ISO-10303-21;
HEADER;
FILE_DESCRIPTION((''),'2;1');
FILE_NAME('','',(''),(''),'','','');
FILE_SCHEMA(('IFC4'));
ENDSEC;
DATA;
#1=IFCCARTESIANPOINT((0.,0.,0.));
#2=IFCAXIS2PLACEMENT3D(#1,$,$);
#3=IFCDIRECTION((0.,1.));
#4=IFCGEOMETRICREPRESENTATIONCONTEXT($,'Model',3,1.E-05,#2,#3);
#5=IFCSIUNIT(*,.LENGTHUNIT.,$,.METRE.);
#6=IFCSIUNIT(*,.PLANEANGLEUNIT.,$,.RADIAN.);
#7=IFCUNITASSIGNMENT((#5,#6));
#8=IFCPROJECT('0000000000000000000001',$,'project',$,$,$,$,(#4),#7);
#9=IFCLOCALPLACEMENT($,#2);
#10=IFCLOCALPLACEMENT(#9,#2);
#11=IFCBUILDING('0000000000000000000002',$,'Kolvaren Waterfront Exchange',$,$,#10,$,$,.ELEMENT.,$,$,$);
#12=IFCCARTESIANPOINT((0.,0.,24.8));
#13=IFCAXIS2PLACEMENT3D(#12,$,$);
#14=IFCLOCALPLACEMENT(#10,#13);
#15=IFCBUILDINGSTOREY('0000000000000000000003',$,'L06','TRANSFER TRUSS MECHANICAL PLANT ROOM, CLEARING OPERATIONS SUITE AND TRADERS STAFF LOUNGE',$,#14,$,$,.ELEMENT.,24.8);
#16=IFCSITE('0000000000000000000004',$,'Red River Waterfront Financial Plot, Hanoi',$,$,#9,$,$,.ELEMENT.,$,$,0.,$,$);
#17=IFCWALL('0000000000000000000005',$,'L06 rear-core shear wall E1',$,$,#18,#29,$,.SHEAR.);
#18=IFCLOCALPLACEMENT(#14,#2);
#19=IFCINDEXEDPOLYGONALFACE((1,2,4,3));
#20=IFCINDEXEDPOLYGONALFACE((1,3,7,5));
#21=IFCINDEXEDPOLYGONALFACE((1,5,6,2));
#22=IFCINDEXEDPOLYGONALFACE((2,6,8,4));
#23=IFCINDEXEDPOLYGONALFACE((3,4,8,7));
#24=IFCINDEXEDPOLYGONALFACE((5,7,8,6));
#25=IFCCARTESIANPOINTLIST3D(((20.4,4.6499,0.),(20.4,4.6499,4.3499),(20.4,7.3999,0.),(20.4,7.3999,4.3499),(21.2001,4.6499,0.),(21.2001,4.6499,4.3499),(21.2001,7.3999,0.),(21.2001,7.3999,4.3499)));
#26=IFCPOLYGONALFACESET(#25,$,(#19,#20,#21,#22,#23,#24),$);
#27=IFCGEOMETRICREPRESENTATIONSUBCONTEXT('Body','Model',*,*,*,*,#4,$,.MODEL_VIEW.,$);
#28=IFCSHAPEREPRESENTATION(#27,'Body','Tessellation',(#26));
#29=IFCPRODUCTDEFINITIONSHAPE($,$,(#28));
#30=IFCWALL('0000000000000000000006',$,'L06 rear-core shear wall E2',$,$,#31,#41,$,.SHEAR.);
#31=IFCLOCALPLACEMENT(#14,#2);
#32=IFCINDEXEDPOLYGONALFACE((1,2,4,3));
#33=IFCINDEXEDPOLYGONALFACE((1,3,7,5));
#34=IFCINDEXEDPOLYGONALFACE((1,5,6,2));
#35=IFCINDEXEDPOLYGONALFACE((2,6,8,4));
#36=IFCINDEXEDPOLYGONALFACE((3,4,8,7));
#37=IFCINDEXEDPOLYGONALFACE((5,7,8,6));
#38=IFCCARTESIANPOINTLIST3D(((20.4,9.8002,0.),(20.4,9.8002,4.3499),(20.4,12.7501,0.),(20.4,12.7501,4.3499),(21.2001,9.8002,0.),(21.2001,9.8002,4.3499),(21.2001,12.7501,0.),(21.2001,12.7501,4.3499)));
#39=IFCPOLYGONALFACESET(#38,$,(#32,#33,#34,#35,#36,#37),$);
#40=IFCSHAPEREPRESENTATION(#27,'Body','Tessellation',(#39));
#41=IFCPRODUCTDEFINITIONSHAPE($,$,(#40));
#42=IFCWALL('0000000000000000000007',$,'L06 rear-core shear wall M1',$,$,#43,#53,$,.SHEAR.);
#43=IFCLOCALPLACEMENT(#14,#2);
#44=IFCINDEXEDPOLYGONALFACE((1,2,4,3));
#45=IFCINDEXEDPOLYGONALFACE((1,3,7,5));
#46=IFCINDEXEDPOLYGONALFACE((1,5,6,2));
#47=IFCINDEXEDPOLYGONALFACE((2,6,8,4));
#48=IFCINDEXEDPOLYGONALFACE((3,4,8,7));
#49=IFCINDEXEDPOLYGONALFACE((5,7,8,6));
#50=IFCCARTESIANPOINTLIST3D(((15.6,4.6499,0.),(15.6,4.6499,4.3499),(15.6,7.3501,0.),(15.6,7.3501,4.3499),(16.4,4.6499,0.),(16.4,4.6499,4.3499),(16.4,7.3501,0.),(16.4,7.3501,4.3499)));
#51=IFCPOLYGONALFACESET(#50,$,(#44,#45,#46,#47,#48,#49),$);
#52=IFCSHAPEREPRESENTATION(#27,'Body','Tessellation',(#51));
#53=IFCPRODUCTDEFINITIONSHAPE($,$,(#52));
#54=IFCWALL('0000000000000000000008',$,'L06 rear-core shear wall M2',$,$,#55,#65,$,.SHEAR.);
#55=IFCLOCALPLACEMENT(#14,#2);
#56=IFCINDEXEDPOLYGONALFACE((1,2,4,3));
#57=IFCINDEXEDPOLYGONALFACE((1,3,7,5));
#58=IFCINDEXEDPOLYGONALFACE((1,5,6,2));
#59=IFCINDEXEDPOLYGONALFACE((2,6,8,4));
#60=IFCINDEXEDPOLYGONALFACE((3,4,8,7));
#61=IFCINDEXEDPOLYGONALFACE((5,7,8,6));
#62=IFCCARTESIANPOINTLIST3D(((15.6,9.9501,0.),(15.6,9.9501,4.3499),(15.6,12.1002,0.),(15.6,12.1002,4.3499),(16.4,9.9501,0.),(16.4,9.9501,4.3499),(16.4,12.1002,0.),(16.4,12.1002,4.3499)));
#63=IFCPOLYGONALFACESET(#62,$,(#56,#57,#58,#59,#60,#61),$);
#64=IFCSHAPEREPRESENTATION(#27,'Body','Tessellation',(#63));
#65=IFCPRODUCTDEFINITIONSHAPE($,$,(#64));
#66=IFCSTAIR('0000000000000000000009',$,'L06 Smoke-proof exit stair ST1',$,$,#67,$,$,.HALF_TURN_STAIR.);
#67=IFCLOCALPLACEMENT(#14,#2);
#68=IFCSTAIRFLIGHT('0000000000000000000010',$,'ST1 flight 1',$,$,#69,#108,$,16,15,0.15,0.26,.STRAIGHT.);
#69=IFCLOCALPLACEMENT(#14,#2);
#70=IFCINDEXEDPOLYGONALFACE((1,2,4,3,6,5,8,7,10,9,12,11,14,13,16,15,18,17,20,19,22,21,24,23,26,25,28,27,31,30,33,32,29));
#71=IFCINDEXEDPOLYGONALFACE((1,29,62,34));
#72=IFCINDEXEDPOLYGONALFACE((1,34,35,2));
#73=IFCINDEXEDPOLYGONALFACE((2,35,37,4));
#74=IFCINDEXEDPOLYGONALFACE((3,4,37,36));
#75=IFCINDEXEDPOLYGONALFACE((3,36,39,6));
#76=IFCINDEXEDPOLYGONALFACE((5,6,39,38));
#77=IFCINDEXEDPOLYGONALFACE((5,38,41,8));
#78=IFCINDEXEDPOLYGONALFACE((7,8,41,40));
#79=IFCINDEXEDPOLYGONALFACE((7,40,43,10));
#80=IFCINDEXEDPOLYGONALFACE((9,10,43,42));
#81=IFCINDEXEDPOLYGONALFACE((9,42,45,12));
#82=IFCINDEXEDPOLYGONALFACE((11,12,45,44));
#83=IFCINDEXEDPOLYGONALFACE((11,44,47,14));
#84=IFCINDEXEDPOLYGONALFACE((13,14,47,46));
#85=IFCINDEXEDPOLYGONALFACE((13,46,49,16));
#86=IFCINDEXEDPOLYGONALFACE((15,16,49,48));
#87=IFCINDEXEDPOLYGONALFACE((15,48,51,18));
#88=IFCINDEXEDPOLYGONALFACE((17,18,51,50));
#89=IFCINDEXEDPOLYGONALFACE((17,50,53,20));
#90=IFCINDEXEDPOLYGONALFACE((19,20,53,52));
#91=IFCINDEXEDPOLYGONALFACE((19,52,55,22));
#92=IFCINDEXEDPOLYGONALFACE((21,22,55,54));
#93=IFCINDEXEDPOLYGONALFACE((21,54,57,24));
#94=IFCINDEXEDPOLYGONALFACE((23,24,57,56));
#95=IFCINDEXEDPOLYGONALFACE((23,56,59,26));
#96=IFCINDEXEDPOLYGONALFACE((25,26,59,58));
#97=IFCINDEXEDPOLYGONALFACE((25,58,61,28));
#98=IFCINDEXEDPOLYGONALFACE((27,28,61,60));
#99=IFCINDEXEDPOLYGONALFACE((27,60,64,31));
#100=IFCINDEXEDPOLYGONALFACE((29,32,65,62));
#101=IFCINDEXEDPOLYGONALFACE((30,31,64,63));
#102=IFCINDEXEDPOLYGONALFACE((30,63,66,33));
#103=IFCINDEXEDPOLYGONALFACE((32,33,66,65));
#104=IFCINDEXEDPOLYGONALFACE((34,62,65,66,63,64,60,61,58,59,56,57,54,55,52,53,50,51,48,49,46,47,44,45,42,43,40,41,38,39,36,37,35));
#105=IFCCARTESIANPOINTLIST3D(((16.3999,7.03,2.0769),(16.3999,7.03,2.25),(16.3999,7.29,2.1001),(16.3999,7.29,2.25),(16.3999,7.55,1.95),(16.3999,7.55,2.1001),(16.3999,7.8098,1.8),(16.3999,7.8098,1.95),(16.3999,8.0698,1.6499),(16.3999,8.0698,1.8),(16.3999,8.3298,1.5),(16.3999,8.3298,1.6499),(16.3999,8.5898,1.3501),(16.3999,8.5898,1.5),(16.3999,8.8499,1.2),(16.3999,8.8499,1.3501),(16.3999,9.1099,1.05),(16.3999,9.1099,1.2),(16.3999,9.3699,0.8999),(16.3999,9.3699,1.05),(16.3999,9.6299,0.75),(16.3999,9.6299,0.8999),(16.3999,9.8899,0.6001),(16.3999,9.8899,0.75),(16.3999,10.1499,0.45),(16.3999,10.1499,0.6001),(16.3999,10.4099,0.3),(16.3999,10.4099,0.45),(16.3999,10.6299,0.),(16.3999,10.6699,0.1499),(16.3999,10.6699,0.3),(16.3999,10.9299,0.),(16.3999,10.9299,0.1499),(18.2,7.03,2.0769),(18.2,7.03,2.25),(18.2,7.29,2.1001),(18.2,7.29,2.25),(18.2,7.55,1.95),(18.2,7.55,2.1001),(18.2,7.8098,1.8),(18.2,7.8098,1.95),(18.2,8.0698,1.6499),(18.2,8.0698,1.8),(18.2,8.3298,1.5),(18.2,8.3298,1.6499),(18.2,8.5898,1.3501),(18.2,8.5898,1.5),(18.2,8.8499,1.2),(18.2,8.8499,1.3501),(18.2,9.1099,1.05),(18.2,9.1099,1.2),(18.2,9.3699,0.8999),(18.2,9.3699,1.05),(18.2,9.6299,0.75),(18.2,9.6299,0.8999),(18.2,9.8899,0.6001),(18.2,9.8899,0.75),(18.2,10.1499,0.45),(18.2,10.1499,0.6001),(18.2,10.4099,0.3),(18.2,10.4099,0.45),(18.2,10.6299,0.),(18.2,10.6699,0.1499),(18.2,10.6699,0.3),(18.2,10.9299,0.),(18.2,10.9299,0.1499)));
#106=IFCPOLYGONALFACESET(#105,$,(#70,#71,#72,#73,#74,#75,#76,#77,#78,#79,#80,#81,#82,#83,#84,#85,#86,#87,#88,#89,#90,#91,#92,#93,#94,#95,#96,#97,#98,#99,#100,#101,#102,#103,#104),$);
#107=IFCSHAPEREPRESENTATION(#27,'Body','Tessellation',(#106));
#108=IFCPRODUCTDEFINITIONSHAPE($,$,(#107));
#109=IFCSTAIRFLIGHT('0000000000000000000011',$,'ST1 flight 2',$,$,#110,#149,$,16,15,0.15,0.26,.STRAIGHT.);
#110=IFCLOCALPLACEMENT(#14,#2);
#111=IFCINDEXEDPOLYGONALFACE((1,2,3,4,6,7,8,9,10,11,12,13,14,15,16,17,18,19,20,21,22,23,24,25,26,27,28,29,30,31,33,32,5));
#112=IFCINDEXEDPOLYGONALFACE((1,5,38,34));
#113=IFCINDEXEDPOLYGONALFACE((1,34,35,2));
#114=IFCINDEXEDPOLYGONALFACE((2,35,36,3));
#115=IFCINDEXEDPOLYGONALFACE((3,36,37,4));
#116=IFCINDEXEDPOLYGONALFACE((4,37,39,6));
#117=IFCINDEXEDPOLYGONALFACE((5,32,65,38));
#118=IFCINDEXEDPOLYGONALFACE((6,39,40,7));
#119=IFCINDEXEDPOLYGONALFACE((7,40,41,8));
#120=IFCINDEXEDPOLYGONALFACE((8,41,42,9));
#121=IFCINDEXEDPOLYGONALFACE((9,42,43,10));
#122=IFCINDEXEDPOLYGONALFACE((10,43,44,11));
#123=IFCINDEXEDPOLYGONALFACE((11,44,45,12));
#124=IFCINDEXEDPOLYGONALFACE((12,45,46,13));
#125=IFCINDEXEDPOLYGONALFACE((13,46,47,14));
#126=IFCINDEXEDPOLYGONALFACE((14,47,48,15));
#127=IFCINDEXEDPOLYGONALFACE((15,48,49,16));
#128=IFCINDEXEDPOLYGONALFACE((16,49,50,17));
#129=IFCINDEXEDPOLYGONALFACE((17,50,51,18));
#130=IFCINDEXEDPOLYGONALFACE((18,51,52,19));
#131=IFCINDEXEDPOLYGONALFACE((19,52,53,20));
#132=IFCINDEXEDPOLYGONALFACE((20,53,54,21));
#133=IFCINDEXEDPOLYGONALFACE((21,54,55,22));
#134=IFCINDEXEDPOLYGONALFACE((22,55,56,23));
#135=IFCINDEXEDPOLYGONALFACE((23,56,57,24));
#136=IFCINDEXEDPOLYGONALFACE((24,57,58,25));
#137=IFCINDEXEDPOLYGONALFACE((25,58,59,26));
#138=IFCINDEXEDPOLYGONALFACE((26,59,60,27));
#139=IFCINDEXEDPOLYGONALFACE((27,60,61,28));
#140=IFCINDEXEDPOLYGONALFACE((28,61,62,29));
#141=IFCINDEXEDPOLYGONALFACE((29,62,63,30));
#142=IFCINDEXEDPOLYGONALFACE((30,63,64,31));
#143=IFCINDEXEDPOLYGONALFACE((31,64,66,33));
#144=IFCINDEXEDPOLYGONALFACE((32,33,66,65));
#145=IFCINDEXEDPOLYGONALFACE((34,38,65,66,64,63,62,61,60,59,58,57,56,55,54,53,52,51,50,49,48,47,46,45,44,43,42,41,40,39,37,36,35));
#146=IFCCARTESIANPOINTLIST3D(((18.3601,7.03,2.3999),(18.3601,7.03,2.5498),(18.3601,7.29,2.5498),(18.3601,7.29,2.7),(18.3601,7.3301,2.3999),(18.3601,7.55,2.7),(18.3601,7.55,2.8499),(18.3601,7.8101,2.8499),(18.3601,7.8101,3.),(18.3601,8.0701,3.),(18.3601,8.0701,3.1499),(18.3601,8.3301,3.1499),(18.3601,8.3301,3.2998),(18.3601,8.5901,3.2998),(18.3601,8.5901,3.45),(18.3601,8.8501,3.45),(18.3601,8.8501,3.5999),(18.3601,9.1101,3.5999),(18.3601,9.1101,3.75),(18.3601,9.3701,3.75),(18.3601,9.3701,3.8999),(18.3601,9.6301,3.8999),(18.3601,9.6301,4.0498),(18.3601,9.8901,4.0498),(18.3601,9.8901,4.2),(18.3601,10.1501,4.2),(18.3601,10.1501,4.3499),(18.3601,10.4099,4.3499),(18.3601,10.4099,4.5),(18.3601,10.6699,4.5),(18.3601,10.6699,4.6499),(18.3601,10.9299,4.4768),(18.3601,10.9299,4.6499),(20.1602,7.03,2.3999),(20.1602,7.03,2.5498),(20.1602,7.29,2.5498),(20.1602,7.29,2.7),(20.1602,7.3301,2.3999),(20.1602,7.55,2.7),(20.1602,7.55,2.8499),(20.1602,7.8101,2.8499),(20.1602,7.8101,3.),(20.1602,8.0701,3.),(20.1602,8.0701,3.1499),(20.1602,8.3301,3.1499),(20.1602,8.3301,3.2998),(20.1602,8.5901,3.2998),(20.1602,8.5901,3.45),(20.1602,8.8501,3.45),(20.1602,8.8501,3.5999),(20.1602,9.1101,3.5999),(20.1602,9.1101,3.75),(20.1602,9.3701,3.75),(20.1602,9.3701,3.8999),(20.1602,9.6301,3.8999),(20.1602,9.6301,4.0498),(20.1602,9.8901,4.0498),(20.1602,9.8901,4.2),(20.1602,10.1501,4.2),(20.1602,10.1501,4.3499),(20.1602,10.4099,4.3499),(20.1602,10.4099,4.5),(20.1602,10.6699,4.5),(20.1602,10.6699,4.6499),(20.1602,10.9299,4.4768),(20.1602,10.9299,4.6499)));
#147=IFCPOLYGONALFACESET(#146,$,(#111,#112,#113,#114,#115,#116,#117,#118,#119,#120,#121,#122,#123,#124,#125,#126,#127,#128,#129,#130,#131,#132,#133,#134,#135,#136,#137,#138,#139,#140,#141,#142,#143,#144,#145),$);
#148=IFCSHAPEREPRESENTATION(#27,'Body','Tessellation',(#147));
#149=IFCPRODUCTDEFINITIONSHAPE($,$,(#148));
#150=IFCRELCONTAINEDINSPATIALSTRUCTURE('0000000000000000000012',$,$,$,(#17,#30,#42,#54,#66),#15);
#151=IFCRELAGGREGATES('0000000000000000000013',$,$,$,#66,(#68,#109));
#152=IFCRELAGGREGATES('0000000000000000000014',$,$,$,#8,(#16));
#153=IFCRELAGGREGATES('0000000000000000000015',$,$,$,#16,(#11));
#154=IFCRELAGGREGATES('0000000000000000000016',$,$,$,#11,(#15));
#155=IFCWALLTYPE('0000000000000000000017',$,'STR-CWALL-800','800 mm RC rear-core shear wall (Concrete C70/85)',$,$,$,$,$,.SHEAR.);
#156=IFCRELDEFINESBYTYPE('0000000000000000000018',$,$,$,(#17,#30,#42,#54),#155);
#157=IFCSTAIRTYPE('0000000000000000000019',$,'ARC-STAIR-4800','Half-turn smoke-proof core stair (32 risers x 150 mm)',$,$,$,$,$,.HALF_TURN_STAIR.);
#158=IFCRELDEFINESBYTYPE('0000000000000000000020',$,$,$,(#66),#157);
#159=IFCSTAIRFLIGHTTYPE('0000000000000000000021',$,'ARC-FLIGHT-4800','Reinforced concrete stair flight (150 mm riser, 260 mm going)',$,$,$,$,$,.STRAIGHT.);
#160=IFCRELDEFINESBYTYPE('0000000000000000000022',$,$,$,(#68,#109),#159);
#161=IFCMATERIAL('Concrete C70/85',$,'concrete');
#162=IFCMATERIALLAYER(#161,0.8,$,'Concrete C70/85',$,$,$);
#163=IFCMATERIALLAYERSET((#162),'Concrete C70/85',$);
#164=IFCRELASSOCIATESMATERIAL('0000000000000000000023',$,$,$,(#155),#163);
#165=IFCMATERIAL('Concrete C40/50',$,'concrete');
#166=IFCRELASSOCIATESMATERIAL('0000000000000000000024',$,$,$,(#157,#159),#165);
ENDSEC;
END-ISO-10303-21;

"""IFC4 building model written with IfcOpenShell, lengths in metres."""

from ifc_helpers import new_model, si_unit, direction, frame, frame_2d, origin, place, context, subcontext, project, spatial, polyline, rectangle, outline, extrude, material, layer, layer_set, type_object, element, aggregate, save


model = new_model("IFC4")

# Units and contexts
model_context = context("Model", 3, precision=1e-05, world=origin(), true_north=direction((0.0, 1.0)))
body_context = subcontext(model_context, "Body", "Model", "MODEL_VIEW")
ifc_project = project(units=[si_unit("LENGTHUNIT", "METRE"), si_unit("PLANEANGLEUNIT", "RADIAN")], contexts=[model_context])

# Site, building, storey
site_placement = place(None, origin())
site = spatial("IfcSite", under=ifc_project, at=site_placement, Name="Red River Waterfront Financial Plot, Hanoi", CompositionType="ELEMENT", RefElevation=0.0)
building_placement = place(site_placement, origin())
building = spatial("IfcBuilding", under=site, at=building_placement, Name="Kolvaren Waterfront Exchange", CompositionType="ELEMENT")
storey_placement = place(building_placement, frame((0.0, 0.0, 24.8)))
storey = spatial("IfcBuildingStorey", under=building, at=storey_placement, Name="L06", Description="TRANSFER TRUSS MECHANICAL PLANT ROOM, CLEARING OPERATIONS SUITE AND TRADERS STAFF LOUNGE", CompositionType="ELEMENT", Elevation=24.8)

# Shared definitions
ifc_material_1 = material(Name="Concrete C70/85", Category="concrete")

# Walls
ifc_material_2 = material(Name="Concrete C40/50", Category="concrete")
ifc_layer_1 = layer(ifc_material_1, 0.8, Name="Concrete C70/85")
ifc_layer_set_1 = layer_set([ifc_layer_1], Name="Concrete C70/85")
wall_type_1 = type_object("IfcWallType", Name="STR-CWALL-800", Description="800 mm RC rear-core shear wall (Concrete C70/85)", PredefinedType="SHEAR", material=ifc_layer_set_1)
wall_1_placement = place(storey_placement, frame((20.8, 4.6499, 0.0), z_axis=(0.0, 0.0, 1.0), x_axis=(0.0, 1.0, 0.0)))
element("IfcWall", 1, at=wall_1_placement, inside=storey, type_object=wall_type_1, Name="L06 rear-core shear wall E1", PredefinedType="SHEAR", context=body_context, shape_type="SweptSolid", body=[
    extrude(rectangle(XDim=2.75, YDim=0.8, at=frame_2d((1.375, 0.0))), origin(), (0.0, 0.0, 1.0), 4.3499),
])
wall_2_placement = place(storey_placement, frame((20.8, 9.8, 0.0), z_axis=(0.0, 0.0, 1.0), x_axis=(0.0, 1.0, 0.0)))
element("IfcWall", 2, at=wall_2_placement, inside=storey, type_object=wall_type_1, Name="L06 rear-core shear wall E2", PredefinedType="SHEAR", context=body_context, shape_type="SweptSolid", body=[
    extrude(rectangle(XDim=2.95, YDim=0.8, at=frame_2d((1.4751, 0.0))), origin(), (0.0, 0.0, 1.0), 4.3499),
])
wall_3_placement = place(storey_placement, frame((16.0, 4.6499, 0.0), z_axis=(0.0, 0.0, 1.0), x_axis=(0.0, 1.0, 0.0)))
element("IfcWall", 3, at=wall_3_placement, inside=storey, type_object=wall_type_1, Name="L06 rear-core shear wall M1", PredefinedType="SHEAR", context=body_context, shape_type="SweptSolid", body=[
    extrude(rectangle(XDim=2.7002, YDim=0.8, at=frame_2d((1.3501, 0.0))), origin(), (0.0, 0.0, 1.0), 4.3499),
])
wall_4_placement = place(storey_placement, frame((16.0, 9.95, 0.0), z_axis=(0.0, 0.0, 1.0), x_axis=(0.0, 1.0, 0.0)))
element("IfcWall", 4, at=wall_4_placement, inside=storey, type_object=wall_type_1, Name="L06 rear-core shear wall M2", PredefinedType="SHEAR", context=body_context, shape_type="SweptSolid", body=[
    extrude(rectangle(XDim=2.1501, YDim=0.8, at=frame_2d((1.0752, 0.0))), origin(), (0.0, 0.0, 1.0), 4.3499),
])

# Stair, stair flights
stair_type = type_object("IfcStairType", Name="ARC-STAIR-4800", Description="Half-turn smoke-proof core stair (32 risers x 150 mm)", PredefinedType="HALF_TURN_STAIR", material=ifc_material_2)
stair_placement = place(storey_placement, origin())
stair = element("IfcStair", 5, at=stair_placement, inside=storey, type_object=stair_type, Name="L06 Smoke-proof exit stair ST1", PredefinedType="HALF_TURN_STAIR")
stair_flight_type = type_object("IfcStairFlightType", Name="ARC-FLIGHT-4800", Description="Reinforced concrete stair flight (150 mm riser, 260 mm going)", PredefinedType="STRAIGHT", material=ifc_material_2)
stair_flight_1_placement = place(storey_placement, frame((17.3, 10.9299, 0.0), z_axis=(0.0, 0.0, 1.0), x_axis=(0.0, -1.0, 0.0)))
stair_flight_1 = element("IfcStairFlight", 6, at=stair_flight_1_placement, type_object=stair_flight_type, Name="ST1 flight 1", NumberOfRisers=16, NumberOfTreads=15, PredefinedType="STRAIGHT", RiserHeight=0.15, TreadLength=0.26, context=body_context, shape_type="SweptSolid", body=[
    extrude(outline(polyline([(0.0, 0.0), (0.0, 0.1499), (0.26, 0.1499), (0.26, 0.3), (0.52, 0.3), (0.52, 0.45), (0.78, 0.45), (0.78, 0.6001), (1.04, 0.6001), (1.04, 0.75), (1.3, 0.75), (1.3, 0.8999), (1.5601, 0.8999), (1.5601, 1.05), (1.8201, 1.05), (1.8201, 1.2), (2.0801, 1.2), (2.0801, 1.3501), (2.3401, 1.3501), (2.3401, 1.5), (2.6001, 1.5), (2.6001, 1.6499), (2.8601, 1.6499), (2.8601, 1.8), (3.1201, 1.8), (3.1201, 1.95), (3.3799, 1.95), (3.3799, 2.1001), (3.6399, 2.1001), (3.6399, 2.25), (3.8999, 2.25), (3.8999, 2.3999), (3.8999, 2.0769), (0.3, 0.0), (0.0, 0.0)])), frame((0.0, 0.8999, 0.0), z_axis=(0.0, -1.0, 0.0), x_axis=(1.0, 0.0, 0.0)), (0.0, 0.0, 1.0), 1.8),
])
stair_flight_2_placement = place(storey_placement, frame((19.26, 7.03, 2.3999), z_axis=(0.0, 0.0, 1.0), x_axis=(0.0, 1.0, 0.0)))
stair_flight_2 = element("IfcStairFlight", 7, at=stair_flight_2_placement, type_object=stair_flight_type, Name="ST1 flight 2", NumberOfRisers=16, NumberOfTreads=15, PredefinedType="STRAIGHT", RiserHeight=0.15, TreadLength=0.26, context=body_context, shape_type="SweptSolid", body=[
    extrude(outline(polyline([(0.0, 0.0), (0.0, 0.1499), (0.26, 0.1499), (0.26, 0.3), (0.52, 0.3), (0.52, 0.45), (0.78, 0.45), (0.78, 0.6001), (1.04, 0.6001), (1.04, 0.75), (1.3, 0.75), (1.3, 0.8999), (1.5601, 0.8999), (1.5601, 1.05), (1.8201, 1.05), (1.8201, 1.2), (2.0801, 1.2), (2.0801, 1.3501), (2.3401, 1.3501), (2.3401, 1.5), (2.6001, 1.5), (2.6001, 1.6499), (2.8601, 1.6499), (2.8601, 1.8), (3.1201, 1.8), (3.1201, 1.95), (3.3799, 1.95), (3.3799, 2.1001), (3.6399, 2.1001), (3.6399, 2.25), (3.8999, 2.25), (3.8999, 2.3999), (3.8999, 2.0769), (0.3, 0.0), (0.0, 0.0)])), frame((0.0, 0.8999, 0.0), z_axis=(0.0, -1.0, 0.0), x_axis=(1.0, 0.0, 0.0)), (0.0, 0.0, 1.0), 1.8),
])
aggregate(stair, [stair_flight_1, stair_flight_2])

save(model, "model.ifc")
